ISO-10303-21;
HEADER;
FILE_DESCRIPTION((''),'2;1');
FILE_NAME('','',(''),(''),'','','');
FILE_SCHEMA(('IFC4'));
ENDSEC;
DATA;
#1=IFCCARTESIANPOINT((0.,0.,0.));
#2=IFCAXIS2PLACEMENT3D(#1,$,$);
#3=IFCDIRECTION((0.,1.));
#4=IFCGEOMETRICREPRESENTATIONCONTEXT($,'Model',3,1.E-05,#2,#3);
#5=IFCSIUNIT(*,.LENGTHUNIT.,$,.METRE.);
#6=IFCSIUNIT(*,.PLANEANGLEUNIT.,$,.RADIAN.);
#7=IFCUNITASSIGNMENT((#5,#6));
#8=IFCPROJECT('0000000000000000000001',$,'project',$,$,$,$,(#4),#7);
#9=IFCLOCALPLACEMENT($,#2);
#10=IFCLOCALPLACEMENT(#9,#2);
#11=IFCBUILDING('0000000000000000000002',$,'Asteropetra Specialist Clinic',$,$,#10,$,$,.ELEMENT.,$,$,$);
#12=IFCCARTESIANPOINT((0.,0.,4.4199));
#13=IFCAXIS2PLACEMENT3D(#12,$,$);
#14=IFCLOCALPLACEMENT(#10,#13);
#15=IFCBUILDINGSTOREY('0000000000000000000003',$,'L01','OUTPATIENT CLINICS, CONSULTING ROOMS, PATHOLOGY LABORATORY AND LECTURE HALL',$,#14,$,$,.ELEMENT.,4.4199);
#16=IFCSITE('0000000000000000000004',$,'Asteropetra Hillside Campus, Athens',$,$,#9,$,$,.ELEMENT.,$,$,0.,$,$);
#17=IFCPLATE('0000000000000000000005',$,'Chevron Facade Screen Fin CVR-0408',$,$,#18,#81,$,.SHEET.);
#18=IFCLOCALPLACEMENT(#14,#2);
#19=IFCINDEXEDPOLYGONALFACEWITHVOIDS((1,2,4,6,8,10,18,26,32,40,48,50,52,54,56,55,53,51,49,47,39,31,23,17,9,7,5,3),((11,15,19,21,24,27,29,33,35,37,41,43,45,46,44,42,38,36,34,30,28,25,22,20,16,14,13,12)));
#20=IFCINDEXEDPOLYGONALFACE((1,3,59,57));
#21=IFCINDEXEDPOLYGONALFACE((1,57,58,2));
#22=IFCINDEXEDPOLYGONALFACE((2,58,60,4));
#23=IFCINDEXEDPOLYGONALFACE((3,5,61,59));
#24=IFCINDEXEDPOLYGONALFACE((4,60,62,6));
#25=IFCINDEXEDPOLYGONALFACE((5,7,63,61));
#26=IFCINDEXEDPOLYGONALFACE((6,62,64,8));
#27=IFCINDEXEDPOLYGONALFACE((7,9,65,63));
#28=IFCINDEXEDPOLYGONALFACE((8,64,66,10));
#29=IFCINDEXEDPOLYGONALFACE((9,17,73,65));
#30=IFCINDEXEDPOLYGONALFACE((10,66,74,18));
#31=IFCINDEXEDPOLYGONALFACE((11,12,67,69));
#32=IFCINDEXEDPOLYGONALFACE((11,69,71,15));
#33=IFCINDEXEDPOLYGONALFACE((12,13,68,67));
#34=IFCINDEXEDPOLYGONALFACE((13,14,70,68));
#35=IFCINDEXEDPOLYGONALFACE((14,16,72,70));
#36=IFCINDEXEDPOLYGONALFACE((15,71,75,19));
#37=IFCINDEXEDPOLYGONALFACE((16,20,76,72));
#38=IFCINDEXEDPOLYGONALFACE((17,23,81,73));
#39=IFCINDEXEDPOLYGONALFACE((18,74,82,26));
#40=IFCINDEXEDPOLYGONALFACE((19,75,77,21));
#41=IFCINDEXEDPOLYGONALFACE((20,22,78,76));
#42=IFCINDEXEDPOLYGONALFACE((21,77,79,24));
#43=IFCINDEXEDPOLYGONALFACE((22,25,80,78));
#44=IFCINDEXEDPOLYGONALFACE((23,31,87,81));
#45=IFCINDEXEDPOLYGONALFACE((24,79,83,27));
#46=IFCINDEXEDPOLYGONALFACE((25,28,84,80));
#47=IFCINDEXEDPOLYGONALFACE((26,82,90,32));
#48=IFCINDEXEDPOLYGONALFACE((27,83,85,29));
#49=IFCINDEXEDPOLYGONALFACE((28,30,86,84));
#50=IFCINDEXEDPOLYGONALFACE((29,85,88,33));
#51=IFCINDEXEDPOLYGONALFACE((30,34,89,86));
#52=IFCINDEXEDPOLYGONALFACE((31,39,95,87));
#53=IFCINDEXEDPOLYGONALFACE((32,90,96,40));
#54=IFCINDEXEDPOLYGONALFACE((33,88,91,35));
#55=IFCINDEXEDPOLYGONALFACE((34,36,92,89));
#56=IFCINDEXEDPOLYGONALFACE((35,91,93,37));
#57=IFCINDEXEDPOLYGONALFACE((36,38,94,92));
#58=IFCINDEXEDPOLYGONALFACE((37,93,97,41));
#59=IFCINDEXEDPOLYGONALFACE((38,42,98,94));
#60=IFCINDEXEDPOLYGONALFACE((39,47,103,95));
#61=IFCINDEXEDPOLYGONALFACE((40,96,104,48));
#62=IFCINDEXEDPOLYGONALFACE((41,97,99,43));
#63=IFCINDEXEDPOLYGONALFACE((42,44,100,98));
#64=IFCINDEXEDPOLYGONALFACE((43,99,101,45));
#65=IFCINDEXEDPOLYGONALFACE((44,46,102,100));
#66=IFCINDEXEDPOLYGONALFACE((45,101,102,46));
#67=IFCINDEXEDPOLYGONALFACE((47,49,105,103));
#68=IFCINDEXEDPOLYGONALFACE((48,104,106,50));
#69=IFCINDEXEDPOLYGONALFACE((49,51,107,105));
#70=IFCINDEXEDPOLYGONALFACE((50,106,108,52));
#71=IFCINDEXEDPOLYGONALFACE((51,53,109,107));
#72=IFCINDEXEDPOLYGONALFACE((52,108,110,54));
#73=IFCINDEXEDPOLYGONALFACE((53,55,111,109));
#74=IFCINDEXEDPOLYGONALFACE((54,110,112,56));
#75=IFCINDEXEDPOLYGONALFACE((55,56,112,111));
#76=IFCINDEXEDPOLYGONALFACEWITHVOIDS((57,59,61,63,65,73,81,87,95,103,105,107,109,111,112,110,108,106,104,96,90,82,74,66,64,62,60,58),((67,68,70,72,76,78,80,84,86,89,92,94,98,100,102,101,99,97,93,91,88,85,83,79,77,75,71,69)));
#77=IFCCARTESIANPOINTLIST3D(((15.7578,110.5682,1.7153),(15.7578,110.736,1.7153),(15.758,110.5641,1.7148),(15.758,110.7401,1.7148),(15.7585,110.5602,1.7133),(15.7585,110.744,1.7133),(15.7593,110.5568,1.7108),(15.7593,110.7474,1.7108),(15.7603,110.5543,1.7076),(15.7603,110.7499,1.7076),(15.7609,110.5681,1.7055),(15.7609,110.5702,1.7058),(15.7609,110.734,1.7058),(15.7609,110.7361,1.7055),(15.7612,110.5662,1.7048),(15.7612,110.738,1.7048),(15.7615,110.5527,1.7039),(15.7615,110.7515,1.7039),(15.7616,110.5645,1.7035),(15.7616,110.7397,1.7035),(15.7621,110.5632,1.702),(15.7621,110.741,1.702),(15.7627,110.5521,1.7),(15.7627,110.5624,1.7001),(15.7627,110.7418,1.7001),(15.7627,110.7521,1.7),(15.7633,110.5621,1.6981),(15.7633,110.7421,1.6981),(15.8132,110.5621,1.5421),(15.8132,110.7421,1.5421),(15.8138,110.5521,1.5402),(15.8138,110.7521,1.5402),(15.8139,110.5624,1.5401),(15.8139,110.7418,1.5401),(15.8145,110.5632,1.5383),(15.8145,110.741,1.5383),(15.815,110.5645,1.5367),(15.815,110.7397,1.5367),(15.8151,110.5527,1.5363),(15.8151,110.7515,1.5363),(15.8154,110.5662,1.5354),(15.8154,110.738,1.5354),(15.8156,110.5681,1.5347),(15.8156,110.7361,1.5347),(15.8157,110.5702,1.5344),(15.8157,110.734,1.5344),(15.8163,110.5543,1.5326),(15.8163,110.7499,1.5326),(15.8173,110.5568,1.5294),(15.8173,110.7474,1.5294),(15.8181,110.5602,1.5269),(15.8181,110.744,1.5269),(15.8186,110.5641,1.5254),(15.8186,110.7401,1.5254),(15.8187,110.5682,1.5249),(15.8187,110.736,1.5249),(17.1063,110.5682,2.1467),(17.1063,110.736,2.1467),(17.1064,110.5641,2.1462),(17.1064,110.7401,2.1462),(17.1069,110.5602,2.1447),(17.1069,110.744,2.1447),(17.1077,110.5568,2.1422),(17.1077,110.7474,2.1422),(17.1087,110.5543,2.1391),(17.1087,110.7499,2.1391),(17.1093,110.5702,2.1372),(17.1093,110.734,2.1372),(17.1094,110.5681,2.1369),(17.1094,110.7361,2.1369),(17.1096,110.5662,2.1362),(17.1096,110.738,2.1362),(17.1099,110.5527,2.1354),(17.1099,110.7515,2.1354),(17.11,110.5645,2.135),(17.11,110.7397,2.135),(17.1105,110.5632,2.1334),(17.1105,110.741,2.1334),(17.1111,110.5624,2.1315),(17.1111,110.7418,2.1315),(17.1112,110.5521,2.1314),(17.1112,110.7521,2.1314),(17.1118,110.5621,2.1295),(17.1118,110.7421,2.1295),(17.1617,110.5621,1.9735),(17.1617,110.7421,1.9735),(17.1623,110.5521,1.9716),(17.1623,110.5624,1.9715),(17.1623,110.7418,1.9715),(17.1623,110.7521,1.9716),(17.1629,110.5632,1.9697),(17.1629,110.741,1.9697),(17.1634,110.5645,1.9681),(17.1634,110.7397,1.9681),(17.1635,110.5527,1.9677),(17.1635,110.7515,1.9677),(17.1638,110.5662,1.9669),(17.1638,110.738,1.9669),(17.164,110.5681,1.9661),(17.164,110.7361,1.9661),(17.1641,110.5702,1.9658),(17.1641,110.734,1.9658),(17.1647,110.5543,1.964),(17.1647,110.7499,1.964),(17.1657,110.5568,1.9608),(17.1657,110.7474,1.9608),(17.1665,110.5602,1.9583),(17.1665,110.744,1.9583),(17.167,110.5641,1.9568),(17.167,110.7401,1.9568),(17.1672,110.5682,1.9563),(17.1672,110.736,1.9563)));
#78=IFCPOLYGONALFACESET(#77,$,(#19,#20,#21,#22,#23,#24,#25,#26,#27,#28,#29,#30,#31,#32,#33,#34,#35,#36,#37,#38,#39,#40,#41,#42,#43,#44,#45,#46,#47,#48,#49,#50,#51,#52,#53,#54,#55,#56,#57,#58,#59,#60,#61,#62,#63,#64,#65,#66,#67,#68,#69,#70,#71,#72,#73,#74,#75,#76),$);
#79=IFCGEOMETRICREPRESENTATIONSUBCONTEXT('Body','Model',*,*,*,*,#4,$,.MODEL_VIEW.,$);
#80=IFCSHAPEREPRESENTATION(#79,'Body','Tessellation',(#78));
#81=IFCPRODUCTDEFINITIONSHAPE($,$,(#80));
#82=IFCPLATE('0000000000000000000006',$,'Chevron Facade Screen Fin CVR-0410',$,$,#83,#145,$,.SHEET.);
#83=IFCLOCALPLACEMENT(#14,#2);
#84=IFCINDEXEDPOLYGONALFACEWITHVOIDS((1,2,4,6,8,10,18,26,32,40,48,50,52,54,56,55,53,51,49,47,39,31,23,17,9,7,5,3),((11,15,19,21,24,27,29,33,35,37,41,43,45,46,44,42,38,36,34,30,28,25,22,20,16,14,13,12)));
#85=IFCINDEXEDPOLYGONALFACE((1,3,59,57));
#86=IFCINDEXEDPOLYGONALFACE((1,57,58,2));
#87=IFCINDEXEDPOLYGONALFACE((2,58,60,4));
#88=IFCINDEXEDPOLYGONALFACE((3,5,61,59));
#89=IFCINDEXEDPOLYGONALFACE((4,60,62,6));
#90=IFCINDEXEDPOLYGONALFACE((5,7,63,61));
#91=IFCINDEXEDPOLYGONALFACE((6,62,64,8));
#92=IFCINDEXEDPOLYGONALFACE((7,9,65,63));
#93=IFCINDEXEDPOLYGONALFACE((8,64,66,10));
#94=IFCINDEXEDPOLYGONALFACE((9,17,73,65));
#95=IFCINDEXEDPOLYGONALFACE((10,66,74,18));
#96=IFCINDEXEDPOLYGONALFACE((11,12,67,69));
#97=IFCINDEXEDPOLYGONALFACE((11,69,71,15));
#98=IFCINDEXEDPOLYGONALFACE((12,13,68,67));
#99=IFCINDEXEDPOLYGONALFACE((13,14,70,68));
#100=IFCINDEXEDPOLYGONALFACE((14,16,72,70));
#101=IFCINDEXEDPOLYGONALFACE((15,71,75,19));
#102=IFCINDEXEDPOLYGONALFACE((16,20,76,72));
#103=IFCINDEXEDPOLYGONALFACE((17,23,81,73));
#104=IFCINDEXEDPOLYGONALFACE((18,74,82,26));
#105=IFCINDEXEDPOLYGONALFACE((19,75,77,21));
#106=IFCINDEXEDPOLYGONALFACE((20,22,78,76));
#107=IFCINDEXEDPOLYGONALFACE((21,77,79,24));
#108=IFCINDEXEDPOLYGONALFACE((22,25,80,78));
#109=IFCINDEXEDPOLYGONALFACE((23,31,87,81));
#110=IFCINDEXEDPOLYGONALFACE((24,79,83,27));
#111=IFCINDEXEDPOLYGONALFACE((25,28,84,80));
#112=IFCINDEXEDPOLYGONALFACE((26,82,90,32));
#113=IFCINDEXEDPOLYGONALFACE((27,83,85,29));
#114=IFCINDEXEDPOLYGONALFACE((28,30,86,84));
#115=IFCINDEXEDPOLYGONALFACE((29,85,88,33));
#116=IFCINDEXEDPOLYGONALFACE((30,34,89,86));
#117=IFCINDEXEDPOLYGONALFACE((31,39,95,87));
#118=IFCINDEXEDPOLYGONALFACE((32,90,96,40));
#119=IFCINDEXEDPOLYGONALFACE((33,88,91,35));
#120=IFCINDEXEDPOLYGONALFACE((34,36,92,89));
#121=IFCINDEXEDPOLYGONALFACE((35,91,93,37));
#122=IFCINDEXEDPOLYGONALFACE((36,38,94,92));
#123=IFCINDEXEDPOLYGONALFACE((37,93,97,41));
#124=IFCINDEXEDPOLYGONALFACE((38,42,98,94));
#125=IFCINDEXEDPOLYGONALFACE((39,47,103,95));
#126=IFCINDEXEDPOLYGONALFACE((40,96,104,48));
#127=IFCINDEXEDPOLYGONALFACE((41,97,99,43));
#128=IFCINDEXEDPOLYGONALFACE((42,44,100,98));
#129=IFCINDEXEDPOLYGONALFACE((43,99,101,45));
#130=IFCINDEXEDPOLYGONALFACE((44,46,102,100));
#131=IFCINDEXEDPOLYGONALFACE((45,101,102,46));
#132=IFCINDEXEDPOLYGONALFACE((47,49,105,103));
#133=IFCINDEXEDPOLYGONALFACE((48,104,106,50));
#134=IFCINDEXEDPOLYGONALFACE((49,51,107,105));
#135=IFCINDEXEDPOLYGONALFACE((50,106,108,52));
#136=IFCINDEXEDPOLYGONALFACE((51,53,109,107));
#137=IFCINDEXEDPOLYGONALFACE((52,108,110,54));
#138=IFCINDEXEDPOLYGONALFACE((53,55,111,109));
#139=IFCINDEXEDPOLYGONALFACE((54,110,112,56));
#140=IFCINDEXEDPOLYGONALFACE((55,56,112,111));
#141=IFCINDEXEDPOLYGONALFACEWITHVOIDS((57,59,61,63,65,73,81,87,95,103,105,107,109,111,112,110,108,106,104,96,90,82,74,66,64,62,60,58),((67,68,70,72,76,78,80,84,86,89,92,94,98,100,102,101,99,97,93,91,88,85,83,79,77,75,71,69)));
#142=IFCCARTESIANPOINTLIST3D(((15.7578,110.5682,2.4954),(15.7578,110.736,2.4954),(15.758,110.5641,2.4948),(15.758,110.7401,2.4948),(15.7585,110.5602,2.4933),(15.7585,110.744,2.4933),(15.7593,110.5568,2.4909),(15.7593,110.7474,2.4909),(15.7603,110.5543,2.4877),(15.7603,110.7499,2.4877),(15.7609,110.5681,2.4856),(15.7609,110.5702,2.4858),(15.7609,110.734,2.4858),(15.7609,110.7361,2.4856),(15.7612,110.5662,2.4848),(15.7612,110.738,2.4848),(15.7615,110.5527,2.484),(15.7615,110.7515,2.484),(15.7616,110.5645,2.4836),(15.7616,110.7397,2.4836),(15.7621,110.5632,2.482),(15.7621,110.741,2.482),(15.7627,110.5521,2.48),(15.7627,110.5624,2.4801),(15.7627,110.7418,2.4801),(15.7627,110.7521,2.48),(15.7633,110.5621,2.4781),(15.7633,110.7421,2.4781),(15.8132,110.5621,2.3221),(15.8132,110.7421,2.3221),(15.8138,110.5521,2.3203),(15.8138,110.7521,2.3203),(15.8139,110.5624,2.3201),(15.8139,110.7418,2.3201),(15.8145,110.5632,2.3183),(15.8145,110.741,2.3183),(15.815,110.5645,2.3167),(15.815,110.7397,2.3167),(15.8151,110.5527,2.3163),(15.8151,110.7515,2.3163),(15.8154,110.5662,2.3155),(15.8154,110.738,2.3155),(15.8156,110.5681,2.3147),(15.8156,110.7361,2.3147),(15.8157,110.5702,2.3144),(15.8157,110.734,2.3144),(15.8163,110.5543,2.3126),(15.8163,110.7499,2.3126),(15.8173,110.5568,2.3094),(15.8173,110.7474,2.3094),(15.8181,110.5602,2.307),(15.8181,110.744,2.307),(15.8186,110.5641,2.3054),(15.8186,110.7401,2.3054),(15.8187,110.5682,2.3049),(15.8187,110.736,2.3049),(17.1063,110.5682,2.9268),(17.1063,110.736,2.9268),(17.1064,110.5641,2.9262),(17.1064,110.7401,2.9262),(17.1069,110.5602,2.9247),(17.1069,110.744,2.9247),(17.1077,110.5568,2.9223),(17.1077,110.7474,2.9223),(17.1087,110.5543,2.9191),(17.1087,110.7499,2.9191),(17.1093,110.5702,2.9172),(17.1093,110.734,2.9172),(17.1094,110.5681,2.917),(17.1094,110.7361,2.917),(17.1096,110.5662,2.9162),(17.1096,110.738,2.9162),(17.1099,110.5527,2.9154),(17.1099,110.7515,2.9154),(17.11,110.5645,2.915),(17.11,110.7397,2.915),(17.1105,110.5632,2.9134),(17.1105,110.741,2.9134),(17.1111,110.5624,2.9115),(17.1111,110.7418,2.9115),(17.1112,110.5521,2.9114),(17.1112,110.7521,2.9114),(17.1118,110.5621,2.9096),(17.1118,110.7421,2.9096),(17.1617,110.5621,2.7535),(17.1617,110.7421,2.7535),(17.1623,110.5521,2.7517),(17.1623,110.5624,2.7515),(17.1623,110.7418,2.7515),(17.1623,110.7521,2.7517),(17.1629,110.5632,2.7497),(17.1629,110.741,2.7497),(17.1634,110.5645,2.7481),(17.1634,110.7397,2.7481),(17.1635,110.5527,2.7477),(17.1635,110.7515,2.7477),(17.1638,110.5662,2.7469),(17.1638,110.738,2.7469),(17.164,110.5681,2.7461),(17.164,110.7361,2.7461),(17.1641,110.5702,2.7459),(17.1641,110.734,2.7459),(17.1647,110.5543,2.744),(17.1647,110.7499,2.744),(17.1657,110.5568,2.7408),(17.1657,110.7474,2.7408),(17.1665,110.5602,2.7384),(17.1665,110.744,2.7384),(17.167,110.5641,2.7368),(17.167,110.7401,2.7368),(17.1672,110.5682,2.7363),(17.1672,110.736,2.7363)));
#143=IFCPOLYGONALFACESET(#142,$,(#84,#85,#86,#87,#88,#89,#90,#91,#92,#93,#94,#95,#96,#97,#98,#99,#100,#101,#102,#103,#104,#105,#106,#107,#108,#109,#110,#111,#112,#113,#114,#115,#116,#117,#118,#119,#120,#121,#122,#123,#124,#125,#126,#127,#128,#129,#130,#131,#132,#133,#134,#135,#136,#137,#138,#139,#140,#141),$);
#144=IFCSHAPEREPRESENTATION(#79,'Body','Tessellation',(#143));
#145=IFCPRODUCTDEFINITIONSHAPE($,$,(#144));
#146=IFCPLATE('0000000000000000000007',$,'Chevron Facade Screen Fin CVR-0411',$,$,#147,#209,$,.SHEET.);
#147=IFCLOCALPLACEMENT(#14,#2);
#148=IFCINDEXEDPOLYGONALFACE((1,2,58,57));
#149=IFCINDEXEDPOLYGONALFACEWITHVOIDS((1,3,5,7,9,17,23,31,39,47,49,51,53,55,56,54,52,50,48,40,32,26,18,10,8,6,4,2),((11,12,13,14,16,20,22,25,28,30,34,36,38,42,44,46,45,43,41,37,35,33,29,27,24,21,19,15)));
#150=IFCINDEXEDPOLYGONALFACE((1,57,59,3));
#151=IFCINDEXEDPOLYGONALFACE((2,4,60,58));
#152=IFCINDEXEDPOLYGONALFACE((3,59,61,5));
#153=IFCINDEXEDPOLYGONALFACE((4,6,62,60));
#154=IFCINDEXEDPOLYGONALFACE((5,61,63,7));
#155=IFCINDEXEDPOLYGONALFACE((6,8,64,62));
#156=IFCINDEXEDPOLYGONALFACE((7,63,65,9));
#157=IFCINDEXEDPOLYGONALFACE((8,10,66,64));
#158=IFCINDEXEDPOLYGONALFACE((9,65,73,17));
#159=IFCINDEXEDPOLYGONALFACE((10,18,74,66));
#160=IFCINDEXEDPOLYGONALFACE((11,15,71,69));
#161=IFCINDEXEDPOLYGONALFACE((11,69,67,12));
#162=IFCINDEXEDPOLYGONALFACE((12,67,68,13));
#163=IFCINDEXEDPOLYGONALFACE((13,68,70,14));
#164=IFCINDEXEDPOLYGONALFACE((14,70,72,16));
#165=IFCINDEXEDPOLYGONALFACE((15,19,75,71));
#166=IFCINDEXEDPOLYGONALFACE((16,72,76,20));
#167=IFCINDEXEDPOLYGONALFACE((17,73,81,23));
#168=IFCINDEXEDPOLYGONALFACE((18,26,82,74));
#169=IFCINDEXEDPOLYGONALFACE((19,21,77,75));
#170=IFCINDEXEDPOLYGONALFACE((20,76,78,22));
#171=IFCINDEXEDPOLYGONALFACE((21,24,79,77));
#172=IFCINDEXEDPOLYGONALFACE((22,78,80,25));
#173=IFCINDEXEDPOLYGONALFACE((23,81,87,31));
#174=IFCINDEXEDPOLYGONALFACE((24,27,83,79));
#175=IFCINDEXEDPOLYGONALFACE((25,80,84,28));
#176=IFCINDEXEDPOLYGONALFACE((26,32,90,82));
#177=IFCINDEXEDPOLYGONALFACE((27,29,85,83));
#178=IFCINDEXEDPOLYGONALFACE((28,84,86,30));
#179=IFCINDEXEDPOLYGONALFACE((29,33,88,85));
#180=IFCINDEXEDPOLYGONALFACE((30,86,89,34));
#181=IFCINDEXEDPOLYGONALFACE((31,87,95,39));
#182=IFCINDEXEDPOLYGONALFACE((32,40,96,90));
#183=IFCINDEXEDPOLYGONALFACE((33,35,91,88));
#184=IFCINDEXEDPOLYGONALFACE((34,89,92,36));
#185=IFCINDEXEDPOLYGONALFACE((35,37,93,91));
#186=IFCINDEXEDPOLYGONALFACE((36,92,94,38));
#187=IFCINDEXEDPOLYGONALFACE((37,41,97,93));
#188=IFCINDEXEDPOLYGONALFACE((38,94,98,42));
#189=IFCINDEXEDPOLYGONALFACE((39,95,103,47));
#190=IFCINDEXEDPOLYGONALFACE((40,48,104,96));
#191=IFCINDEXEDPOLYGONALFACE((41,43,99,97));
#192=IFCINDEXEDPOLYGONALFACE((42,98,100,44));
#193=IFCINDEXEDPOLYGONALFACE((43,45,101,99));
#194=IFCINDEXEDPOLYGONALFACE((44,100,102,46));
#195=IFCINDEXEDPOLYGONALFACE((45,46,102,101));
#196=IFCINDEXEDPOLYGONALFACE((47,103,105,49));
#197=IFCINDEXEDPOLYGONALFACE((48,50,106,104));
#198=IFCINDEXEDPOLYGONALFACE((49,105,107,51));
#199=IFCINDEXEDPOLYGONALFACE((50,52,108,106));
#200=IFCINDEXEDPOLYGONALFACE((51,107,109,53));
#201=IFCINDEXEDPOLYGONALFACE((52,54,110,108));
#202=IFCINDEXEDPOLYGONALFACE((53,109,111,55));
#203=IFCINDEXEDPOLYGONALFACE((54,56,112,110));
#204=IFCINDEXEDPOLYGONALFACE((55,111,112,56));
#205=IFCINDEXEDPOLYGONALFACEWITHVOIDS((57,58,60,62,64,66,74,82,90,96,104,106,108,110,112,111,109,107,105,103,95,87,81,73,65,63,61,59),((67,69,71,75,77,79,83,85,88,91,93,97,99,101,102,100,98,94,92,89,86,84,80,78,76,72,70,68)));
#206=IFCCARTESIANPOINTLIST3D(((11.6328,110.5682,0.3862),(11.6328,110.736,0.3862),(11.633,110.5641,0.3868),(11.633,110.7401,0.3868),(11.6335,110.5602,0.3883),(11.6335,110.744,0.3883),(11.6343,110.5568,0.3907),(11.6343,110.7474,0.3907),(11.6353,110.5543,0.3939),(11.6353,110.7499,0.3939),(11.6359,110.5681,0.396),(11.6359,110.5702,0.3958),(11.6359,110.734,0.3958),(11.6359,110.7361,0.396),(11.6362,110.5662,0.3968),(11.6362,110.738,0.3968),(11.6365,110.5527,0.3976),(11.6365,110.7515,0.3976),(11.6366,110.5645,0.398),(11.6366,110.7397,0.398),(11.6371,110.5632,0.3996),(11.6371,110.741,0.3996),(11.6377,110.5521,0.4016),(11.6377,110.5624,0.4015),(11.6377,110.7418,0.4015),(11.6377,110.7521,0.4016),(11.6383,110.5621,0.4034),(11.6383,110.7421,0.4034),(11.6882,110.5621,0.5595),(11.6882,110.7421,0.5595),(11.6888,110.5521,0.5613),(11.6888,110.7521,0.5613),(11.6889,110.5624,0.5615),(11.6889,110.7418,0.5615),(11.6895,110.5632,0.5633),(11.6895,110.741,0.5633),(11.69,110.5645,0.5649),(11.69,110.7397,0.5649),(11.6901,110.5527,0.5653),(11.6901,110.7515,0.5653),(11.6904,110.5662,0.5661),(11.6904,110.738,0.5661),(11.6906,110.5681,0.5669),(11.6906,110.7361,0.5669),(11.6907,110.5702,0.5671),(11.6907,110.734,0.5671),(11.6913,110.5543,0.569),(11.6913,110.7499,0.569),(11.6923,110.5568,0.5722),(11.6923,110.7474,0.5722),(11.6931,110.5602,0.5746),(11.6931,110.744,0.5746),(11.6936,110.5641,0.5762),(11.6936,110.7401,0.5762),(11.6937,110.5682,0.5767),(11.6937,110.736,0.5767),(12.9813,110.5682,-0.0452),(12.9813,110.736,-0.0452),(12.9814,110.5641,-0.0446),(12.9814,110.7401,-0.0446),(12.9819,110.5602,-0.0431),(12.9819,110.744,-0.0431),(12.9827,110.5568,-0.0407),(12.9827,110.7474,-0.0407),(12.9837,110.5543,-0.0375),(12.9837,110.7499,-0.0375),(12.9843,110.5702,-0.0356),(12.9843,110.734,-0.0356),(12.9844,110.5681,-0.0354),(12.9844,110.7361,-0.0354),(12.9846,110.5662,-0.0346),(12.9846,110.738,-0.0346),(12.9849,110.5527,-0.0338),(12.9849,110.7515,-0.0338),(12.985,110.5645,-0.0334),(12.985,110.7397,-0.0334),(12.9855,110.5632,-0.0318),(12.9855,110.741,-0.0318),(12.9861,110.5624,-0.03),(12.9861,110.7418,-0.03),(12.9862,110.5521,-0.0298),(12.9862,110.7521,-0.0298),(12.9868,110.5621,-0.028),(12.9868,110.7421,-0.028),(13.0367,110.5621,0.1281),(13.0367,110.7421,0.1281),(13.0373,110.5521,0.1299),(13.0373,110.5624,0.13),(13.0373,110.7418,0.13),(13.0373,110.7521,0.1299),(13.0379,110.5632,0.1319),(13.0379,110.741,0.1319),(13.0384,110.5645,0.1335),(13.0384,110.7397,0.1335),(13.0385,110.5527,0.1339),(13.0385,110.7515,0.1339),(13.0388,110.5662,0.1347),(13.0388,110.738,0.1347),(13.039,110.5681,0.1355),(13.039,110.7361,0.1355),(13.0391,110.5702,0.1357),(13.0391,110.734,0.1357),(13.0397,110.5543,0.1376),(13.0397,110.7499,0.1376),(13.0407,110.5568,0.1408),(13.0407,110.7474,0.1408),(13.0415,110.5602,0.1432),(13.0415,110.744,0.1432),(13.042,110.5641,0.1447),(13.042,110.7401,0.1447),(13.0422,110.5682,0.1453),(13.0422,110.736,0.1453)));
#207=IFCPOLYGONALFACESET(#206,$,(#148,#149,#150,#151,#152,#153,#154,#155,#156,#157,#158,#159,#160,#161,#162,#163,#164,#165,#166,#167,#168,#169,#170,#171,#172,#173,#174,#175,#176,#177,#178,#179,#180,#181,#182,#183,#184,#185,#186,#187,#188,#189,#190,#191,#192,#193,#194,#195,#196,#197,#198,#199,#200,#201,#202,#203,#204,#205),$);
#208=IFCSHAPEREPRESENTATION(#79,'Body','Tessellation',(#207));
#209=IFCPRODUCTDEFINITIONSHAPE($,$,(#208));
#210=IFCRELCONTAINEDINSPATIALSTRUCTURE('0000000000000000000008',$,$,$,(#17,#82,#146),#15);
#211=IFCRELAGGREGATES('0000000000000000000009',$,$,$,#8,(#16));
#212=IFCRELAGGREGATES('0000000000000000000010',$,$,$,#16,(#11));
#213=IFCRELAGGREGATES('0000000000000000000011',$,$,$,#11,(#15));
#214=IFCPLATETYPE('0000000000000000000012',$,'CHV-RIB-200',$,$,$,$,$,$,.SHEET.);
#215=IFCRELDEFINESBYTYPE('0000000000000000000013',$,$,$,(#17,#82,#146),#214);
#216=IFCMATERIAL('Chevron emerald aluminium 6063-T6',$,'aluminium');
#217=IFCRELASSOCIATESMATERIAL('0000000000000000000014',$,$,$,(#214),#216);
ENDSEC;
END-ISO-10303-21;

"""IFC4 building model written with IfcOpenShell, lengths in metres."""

from ifc_helpers import new_model, si_unit, direction, frame, origin, origin_2d, place, context, subcontext, project, spatial, hollow_rectangle, extrude, material, material_profile, profile_set, type_object, element, save


model = new_model("IFC4")

# Units and contexts
model_context = context("Model", 3, precision=1e-05, world=origin(), true_north=direction((0.0, 1.0)))
body_context = subcontext(model_context, "Body", "Model", "MODEL_VIEW")
ifc_project = project(units=[si_unit("LENGTHUNIT", "METRE"), si_unit("PLANEANGLEUNIT", "RADIAN")], contexts=[model_context])

# Site, building, storey
site_placement = place(None, origin())
site = spatial("IfcSite", under=ifc_project, at=site_placement, Name="Asteropetra Hillside Campus, Athens", CompositionType="ELEMENT", RefElevation=0.0)
building_placement = place(site_placement, origin())
building = spatial("IfcBuilding", under=site, at=building_placement, Name="Asteropetra Specialist Clinic", CompositionType="ELEMENT")
storey_placement = place(building_placement, frame((0.0, 0.0, 4.4199)))
storey = spatial("IfcBuildingStorey", under=building, at=storey_placement, Name="L01", Description="OUTPATIENT CLINICS, CONSULTING ROOMS, PATHOLOGY LABORATORY AND LECTURE HALL", CompositionType="ELEMENT", Elevation=4.4199)

# Plates
ifc_material_1 = material(Name="Chevron emerald aluminium 6063-T6", Category="aluminium")
ifc_material_profile_1 = material_profile(ifc_material_1, hollow_rectangle(XDim=0.2, YDim=0.2, WallThickness=0.01, InnerFilletRadius=0.0081, OuterFilletRadius=0.0161, at=origin_2d()), Name="SHS 200x200x10.0")
ifc_profile_set_1 = profile_set([ifc_material_profile_1], Name="Chevron emerald aluminium 6063-T6")
plate_type_1 = type_object("IfcPlateType", Name="CHV-RIB-200", PredefinedType="SHEET", material=ifc_profile_set_1)
for number, where, z_axis, x_axis, name in (
    (1, (17.1367, 110.6521, 2.0515), (-0.952442, 0.0, -0.304719), (0.0, -1.0, 0.0), "Chevron Facade Screen Fin CVR-0408"),
    (2, (17.1367, 110.6521, 2.8315), (-0.952442, 0.0, -0.304719), (0.0, -1.0, 0.0), "Chevron Facade Screen Fin CVR-0410"),
    (3, (13.0117, 110.6521, 0.05), (-0.952442, 0.0, 0.304719), (0.0, -1.0, 0.0), "Chevron Facade Screen Fin CVR-0411"),
):
    element("IfcPlate", number, at=place(storey_placement, frame(where, z_axis=z_axis, x_axis=x_axis)), inside=storey, type_object=plate_type_1, Name=name, PredefinedType="SHEET", context=body_context, shape_type="SweptSolid", body=[
        extrude(hollow_rectangle(XDim=0.2, YDim=0.2, WallThickness=0.01, InnerFilletRadius=0.0081, OuterFilletRadius=0.0161, at=origin_2d()), origin(), (0.0, 0.0, 1.0), 1.4158),
    ])

save(model, "model.ifc")
